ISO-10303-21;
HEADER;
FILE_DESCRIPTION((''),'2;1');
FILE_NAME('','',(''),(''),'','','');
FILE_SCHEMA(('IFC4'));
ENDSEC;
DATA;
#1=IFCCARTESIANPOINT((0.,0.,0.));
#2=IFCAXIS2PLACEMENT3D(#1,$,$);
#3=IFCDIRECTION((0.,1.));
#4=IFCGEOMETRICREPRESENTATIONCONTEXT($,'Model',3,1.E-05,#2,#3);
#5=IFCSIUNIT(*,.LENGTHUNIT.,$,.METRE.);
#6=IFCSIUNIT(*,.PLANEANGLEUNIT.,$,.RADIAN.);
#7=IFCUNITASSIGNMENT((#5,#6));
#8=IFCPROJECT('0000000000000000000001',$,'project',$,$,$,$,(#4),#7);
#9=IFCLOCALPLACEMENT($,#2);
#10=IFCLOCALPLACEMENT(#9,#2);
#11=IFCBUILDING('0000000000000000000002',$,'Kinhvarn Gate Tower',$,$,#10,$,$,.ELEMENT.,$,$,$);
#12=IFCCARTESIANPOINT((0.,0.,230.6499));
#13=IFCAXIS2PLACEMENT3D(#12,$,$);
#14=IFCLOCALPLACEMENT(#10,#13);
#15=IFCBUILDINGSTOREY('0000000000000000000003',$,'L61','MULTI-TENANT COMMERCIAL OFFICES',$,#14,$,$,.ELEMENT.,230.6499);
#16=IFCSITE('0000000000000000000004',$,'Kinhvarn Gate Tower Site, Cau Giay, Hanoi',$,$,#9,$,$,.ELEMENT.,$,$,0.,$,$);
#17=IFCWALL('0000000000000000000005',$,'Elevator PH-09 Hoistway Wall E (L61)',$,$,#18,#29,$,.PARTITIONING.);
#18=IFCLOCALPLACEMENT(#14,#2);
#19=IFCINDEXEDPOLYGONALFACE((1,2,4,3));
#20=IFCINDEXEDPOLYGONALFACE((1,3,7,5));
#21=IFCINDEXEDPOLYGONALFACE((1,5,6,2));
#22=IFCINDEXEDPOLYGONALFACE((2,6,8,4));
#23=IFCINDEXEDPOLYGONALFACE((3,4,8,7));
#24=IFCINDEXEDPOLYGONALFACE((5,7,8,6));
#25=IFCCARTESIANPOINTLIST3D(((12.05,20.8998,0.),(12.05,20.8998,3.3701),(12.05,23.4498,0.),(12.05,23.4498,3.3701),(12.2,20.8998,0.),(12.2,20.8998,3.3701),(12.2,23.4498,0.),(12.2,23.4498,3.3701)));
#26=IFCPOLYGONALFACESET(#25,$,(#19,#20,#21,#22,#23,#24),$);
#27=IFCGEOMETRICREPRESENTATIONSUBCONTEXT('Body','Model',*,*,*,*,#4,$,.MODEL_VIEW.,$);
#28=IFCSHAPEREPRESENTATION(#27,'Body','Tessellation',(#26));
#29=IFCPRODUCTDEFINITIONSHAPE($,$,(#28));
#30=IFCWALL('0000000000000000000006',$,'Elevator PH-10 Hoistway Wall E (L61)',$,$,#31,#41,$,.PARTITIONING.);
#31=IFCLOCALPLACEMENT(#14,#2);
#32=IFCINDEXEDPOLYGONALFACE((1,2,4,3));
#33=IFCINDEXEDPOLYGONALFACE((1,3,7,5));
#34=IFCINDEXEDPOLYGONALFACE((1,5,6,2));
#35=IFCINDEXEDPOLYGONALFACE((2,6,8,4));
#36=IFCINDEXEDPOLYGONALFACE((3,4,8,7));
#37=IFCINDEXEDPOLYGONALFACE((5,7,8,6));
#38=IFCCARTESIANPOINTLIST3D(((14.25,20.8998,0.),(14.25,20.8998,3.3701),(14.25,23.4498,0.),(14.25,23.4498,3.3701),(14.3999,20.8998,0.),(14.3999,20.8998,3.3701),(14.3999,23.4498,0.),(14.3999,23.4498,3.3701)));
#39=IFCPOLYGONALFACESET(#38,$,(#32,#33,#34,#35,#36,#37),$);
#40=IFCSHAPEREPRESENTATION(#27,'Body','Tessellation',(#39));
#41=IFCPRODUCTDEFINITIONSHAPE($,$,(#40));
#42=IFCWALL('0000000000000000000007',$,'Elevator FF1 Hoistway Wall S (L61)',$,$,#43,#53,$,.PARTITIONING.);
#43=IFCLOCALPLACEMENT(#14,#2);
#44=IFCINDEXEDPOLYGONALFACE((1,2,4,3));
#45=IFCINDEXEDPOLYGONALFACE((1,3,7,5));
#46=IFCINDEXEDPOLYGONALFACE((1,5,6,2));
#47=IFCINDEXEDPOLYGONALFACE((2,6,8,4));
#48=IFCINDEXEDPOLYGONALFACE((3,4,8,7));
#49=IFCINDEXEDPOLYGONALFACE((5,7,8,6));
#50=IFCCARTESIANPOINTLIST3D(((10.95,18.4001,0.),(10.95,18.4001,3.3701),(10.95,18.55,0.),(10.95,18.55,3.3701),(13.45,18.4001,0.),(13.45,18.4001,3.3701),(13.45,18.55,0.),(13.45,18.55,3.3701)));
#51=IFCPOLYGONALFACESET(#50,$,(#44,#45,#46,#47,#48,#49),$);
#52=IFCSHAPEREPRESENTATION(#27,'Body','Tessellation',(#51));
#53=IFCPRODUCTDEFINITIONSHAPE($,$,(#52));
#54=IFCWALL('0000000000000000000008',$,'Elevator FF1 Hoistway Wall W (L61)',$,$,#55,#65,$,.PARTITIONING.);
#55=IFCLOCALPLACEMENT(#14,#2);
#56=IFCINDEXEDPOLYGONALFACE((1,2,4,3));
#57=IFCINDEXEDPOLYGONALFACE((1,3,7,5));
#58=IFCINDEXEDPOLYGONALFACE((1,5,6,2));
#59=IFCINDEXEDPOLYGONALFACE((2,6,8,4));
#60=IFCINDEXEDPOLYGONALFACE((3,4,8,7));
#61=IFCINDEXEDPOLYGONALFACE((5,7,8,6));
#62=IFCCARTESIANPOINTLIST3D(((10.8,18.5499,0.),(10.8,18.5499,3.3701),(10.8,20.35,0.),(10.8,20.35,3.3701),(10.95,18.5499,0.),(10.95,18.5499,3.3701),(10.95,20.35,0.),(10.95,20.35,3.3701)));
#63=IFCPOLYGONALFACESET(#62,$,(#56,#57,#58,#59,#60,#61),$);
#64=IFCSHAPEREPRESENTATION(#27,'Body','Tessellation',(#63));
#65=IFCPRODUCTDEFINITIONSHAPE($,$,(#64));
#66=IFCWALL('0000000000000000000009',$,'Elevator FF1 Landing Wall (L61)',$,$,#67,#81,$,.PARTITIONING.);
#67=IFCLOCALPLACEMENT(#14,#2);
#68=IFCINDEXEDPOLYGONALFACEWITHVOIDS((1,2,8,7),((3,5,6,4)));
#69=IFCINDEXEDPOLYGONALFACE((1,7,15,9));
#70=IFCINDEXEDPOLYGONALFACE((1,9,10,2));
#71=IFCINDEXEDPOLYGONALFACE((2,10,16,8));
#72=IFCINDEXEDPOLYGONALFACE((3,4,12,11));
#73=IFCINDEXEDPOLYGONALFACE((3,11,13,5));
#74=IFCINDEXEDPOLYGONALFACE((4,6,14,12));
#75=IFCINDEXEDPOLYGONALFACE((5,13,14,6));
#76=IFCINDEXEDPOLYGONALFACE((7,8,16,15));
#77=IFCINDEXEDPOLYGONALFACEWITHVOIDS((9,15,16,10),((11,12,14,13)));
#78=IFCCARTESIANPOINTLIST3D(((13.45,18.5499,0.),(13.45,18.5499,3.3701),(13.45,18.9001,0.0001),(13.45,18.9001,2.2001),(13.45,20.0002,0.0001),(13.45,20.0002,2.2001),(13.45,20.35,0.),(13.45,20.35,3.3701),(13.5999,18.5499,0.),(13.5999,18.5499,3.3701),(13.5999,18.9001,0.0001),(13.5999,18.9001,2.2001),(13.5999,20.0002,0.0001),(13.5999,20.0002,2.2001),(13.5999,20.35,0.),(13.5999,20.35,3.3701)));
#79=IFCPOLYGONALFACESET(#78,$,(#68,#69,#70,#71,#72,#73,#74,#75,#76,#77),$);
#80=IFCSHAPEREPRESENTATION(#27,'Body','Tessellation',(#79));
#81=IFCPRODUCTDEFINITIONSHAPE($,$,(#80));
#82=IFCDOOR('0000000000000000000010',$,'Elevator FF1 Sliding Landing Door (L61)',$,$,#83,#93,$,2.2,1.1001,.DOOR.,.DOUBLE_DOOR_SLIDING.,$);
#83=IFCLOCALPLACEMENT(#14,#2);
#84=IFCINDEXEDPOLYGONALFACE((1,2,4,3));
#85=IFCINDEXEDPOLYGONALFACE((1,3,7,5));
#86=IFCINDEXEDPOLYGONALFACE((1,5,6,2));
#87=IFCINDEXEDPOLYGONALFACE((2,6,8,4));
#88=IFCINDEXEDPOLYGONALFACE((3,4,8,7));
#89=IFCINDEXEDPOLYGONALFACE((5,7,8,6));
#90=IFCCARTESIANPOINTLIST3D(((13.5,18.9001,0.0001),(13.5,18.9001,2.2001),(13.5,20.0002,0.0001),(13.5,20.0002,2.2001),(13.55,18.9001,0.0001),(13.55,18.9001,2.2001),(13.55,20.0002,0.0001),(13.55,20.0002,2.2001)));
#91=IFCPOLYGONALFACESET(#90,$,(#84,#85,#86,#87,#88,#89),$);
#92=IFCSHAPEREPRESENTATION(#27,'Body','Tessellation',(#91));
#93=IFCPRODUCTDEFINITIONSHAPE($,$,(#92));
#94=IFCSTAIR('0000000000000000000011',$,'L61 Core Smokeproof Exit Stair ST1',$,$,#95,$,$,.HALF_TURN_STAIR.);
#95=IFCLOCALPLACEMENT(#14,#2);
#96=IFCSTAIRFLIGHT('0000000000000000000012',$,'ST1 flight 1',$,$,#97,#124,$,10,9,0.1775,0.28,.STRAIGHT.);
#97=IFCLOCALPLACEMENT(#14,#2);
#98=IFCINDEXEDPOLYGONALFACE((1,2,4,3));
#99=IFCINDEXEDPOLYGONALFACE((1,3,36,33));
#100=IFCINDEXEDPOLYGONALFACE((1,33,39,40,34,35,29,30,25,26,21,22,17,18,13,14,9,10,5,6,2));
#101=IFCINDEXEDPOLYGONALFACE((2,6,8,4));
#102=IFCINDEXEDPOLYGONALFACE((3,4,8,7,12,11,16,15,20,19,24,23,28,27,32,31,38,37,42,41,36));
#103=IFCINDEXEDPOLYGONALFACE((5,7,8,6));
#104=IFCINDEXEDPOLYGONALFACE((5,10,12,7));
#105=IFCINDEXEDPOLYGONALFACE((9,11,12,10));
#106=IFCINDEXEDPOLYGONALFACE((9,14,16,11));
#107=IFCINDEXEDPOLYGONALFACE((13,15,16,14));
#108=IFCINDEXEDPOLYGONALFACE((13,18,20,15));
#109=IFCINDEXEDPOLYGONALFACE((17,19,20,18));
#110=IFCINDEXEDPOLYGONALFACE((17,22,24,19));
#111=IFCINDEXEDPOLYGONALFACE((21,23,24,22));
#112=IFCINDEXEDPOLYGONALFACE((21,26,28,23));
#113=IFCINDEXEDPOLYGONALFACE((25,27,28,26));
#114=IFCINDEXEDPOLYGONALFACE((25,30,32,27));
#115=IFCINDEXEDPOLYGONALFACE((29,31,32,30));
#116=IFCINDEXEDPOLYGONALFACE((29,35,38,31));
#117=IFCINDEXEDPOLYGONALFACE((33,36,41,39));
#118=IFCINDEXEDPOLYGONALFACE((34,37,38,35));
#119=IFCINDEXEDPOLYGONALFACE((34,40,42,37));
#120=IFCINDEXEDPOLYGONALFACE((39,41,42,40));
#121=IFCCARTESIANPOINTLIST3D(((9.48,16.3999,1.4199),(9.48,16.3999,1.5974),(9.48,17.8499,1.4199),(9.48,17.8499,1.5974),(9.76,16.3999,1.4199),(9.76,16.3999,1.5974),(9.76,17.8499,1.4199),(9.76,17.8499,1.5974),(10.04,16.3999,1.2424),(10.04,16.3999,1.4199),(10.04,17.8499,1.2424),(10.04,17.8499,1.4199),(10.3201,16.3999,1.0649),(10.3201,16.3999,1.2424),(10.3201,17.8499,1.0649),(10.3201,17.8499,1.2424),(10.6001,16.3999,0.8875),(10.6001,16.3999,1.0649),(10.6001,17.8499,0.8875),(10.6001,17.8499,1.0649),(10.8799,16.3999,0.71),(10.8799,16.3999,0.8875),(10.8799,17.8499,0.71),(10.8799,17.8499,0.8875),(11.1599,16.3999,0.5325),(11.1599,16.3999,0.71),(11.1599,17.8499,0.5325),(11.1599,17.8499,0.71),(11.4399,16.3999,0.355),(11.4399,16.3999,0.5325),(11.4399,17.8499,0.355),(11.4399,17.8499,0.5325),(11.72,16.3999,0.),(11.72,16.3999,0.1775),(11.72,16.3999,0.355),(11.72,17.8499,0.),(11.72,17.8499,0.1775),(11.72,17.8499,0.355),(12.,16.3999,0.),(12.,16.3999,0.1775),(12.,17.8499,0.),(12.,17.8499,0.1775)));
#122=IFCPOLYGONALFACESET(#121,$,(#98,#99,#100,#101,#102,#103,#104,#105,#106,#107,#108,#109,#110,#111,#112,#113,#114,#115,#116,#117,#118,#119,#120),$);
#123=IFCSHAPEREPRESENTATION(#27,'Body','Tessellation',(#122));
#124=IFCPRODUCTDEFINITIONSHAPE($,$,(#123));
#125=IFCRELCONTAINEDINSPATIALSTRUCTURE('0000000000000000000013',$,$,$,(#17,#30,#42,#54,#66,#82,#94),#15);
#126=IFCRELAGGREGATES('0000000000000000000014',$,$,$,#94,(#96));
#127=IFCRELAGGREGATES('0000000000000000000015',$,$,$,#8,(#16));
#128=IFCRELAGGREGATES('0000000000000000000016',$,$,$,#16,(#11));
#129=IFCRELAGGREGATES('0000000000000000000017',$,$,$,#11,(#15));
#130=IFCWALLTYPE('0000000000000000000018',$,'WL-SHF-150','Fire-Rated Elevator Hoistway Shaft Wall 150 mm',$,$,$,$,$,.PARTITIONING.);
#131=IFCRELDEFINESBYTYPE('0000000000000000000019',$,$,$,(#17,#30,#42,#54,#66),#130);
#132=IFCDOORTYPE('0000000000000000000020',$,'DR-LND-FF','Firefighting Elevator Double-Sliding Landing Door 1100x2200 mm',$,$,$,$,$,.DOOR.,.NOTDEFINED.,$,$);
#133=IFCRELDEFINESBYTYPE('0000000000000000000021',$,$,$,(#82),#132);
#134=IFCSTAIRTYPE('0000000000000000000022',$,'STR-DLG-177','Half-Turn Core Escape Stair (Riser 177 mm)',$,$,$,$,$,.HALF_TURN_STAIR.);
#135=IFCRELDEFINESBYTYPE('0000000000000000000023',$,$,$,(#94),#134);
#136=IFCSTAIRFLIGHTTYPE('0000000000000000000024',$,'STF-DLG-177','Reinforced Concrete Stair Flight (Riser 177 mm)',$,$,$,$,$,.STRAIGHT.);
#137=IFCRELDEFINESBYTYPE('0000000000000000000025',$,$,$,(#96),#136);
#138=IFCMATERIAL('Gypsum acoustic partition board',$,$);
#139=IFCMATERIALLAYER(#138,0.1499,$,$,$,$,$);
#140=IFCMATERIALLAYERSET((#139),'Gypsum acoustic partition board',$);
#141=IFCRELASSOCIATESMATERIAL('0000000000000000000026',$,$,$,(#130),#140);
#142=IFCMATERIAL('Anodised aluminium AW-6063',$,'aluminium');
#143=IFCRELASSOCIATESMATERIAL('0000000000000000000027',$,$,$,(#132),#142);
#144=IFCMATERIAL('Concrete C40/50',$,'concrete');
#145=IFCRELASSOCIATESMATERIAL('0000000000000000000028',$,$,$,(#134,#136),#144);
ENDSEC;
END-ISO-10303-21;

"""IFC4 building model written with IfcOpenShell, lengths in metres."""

from ifc_helpers import new_model, si_unit, direction, frame, frame_2d, origin, place, context, subcontext, project, spatial, polyline, rectangle, outline, extrude, material, layer, layer_set, type_object, element, fill, aggregate, save


model = new_model("IFC4")

# Units and contexts
model_context = context("Model", 3, precision=1e-05, world=origin(), true_north=direction((0.0, 1.0)))
body_context = subcontext(model_context, "Body", "Model", "MODEL_VIEW")
ifc_project = project(units=[si_unit("LENGTHUNIT", "METRE"), si_unit("PLANEANGLEUNIT", "RADIAN")], contexts=[model_context])

# Site, building, storey
site_placement = place(None, origin())
site = spatial("IfcSite", under=ifc_project, at=site_placement, Name="Kinhvarn Gate Tower Site, Cau Giay, Hanoi", CompositionType="ELEMENT", RefElevation=0.0)
building_placement = place(site_placement, origin())
building = spatial("IfcBuilding", under=site, at=building_placement, Name="Kinhvarn Gate Tower", CompositionType="ELEMENT")
storey_placement = place(building_placement, frame((0.0, 0.0, 230.6499)))
storey = spatial("IfcBuildingStorey", under=building, at=storey_placement, Name="L61", Description="MULTI-TENANT COMMERCIAL OFFICES", CompositionType="ELEMENT", Elevation=230.6499)

# Shared definitions
ifc_material_1 = material(Name="Anodised aluminium AW-6063", Category="aluminium")
ifc_material_2 = material(Name="Gypsum acoustic partition board")

# Walls
ifc_layer_1 = layer(ifc_material_2, 0.1499)
ifc_layer_set_1 = layer_set([ifc_layer_1], Name="Gypsum acoustic partition board")
wall_type_1 = type_object("IfcWallType", Name="WL-SHF-150", Description="Fire-Rated Elevator Hoistway Shaft Wall 150 mm", PredefinedType="PARTITIONING", material=ifc_layer_set_1)
for number, where, z_axis, x_axis, name in (
    (1, (12.125, 20.8999, 0.0), (0.0, 0.0, 1.0), (0.0, 1.0, 0.0), "Elevator PH-09 Hoistway Wall E (L61)"),
    (2, (14.325, 20.8999, 0.0), (0.0, 0.0, 1.0), (0.0, 1.0, 0.0), "Elevator PH-10 Hoistway Wall E (L61)"),
):
    element("IfcWall", number, at=place(storey_placement, frame(where, z_axis=z_axis, x_axis=x_axis)), inside=storey, type_object=wall_type_1, Name=name, PredefinedType="PARTITIONING", context=body_context, shape_type="SweptSolid", body=[
        extrude(rectangle(XDim=2.55, YDim=0.1499, at=frame_2d((1.2749, 0.0))), origin(), (0.0, 0.0, 1.0), 3.3701),
    ])
wall_1_placement = place(storey_placement, frame((10.95, 18.4751, 0.0), z_axis=(0.0, 0.0, 1.0), x_axis=(1.0, 0.0, 0.0)))
element("IfcWall", 3, at=wall_1_placement, inside=storey, type_object=wall_type_1, Name="Elevator FF1 Hoistway Wall S (L61)", PredefinedType="PARTITIONING", context=body_context, shape_type="SweptSolid", body=[
    extrude(rectangle(XDim=2.5, YDim=0.1499, at=frame_2d((1.25, 0.0))), origin(), (0.0, 0.0, 1.0), 3.3701),
])
wall_2_placement = place(storey_placement, frame((10.875, 18.55, 0.0), z_axis=(0.0, 0.0, 1.0), x_axis=(0.0, 1.0, 0.0)))
element("IfcWall", 4, at=wall_2_placement, inside=storey, type_object=wall_type_1, Name="Elevator FF1 Hoistway Wall W (L61)", PredefinedType="PARTITIONING", context=body_context, shape_type="SweptSolid", body=[
    extrude(rectangle(XDim=1.8, YDim=0.1499, at=frame_2d((0.8999, 0.0))), origin(), (0.0, 0.0, 1.0), 3.3701),
])

# Wall, opening, door
wall_3_placement = place(storey_placement, frame((13.5249, 18.55, 0.0), z_axis=(0.0, 0.0, 1.0), x_axis=(0.0, 1.0, 0.0)))
wall_3 = element("IfcWall", 5, at=wall_3_placement, inside=storey, type_object=wall_type_1, Name="Elevator FF1 Landing Wall (L61)", PredefinedType="PARTITIONING", context=body_context, shape_type="SweptSolid", body=[
    extrude(rectangle(XDim=1.8, YDim=0.1499, at=frame_2d((0.8999, 0.0))), origin(), (0.0, 0.0, 1.0), 3.3701),
])
opening_1_placement = place(wall_3_placement, frame((0.3501, 0.0, 0.0)))
opening_1 = element("IfcOpeningElement", 6, at=opening_1_placement, cuts=wall_3, PredefinedType="OPENING", context=body_context, shape_type="SweptSolid", body=[
    extrude(rectangle(XDim=1.1001, YDim=2.2, at=frame_2d((0.55, 1.1001))), frame((0.0, 0.085, 0.0), z_axis=(0.0, -1.0, 0.0), x_axis=(1.0, 0.0, 0.0)), (0.0, 0.0, 1.0), 0.1699),
])
door_type_1 = type_object("IfcDoorType", Name="DR-LND-FF", Description="Firefighting Elevator Double-Sliding Landing Door 1100x2200 mm", OperationType="NOTDEFINED", PredefinedType="DOOR", material=ifc_material_1)
door_1_placement = place(opening_1_placement, origin())
door_1 = element("IfcDoor", 7, at=door_1_placement, inside=storey, type_object=door_type_1, Name="Elevator FF1 Sliding Landing Door (L61)", OperationType="DOUBLE_DOOR_SLIDING", OverallHeight=2.2, OverallWidth=1.1001, PredefinedType="DOOR", context=body_context, shape_type="SweptSolid", body=[
    extrude(rectangle(XDim=1.1001, YDim=2.2, at=frame_2d((0.55, 1.1001))), frame((0.0, 0.0249, 0.0), z_axis=(0.0, -1.0, 0.0), x_axis=(1.0, 0.0, 0.0)), (0.0, 0.0, 1.0), 0.05),
])
fill(opening_1, door_1)
ifc_material_3 = material(Name="Concrete C40/50", Category="concrete")

# Stair, stair flight
stair_type = type_object("IfcStairType", Name="STR-DLG-177", Description="Half-Turn Core Escape Stair (Riser 177 mm)", PredefinedType="HALF_TURN_STAIR", material=ifc_material_3)
stair_placement = place(storey_placement, origin())
stair = element("IfcStair", 8, at=stair_placement, inside=storey, type_object=stair_type, Name="L61 Core Smokeproof Exit Stair ST1", PredefinedType="HALF_TURN_STAIR")
stair_flight_type = type_object("IfcStairFlightType", Name="STF-DLG-177", Description="Reinforced Concrete Stair Flight (Riser 177 mm)", PredefinedType="STRAIGHT", material=ifc_material_3)
stair_flight_placement = place(storey_placement, frame((12.0, 17.125, 0.0), z_axis=(0.0, 0.0, 1.0), x_axis=(-1.0, 0.0, 0.0)))
stair_flight = element("IfcStairFlight", 9, at=stair_flight_placement, type_object=stair_flight_type, Name="ST1 flight 1", NumberOfRisers=10, NumberOfTreads=9, PredefinedType="STRAIGHT", RiserHeight=0.1775, TreadLength=0.28, context=body_context, shape_type="SweptSolid", body=[
    extrude(outline(polyline([(0.0, 0.0), (0.0, 0.1775), (0.28, 0.1775), (0.28, 0.355), (0.5601, 0.355), (0.5601, 0.5325), (0.8401, 0.5325), (0.8401, 0.71), (1.1201, 0.71), (1.1201, 0.8875), (1.3999, 0.8875), (1.3999, 1.0649), (1.6799, 1.0649), (1.6799, 1.2424), (1.96, 1.2424), (1.96, 1.4199), (2.24, 1.4199), (2.24, 1.5974), (2.52, 1.5974), (2.52, 1.7749), (2.52, 1.4199), (0.28, 0.0), (0.0, 0.0)])), frame((0.0, 0.7251, 0.0), z_axis=(0.0, -1.0, 0.0), x_axis=(1.0, 0.0, 0.0)), (0.0, 0.0, 1.0), 1.45),
])
aggregate(stair, [stair_flight])

save(model, "model.ifc")
